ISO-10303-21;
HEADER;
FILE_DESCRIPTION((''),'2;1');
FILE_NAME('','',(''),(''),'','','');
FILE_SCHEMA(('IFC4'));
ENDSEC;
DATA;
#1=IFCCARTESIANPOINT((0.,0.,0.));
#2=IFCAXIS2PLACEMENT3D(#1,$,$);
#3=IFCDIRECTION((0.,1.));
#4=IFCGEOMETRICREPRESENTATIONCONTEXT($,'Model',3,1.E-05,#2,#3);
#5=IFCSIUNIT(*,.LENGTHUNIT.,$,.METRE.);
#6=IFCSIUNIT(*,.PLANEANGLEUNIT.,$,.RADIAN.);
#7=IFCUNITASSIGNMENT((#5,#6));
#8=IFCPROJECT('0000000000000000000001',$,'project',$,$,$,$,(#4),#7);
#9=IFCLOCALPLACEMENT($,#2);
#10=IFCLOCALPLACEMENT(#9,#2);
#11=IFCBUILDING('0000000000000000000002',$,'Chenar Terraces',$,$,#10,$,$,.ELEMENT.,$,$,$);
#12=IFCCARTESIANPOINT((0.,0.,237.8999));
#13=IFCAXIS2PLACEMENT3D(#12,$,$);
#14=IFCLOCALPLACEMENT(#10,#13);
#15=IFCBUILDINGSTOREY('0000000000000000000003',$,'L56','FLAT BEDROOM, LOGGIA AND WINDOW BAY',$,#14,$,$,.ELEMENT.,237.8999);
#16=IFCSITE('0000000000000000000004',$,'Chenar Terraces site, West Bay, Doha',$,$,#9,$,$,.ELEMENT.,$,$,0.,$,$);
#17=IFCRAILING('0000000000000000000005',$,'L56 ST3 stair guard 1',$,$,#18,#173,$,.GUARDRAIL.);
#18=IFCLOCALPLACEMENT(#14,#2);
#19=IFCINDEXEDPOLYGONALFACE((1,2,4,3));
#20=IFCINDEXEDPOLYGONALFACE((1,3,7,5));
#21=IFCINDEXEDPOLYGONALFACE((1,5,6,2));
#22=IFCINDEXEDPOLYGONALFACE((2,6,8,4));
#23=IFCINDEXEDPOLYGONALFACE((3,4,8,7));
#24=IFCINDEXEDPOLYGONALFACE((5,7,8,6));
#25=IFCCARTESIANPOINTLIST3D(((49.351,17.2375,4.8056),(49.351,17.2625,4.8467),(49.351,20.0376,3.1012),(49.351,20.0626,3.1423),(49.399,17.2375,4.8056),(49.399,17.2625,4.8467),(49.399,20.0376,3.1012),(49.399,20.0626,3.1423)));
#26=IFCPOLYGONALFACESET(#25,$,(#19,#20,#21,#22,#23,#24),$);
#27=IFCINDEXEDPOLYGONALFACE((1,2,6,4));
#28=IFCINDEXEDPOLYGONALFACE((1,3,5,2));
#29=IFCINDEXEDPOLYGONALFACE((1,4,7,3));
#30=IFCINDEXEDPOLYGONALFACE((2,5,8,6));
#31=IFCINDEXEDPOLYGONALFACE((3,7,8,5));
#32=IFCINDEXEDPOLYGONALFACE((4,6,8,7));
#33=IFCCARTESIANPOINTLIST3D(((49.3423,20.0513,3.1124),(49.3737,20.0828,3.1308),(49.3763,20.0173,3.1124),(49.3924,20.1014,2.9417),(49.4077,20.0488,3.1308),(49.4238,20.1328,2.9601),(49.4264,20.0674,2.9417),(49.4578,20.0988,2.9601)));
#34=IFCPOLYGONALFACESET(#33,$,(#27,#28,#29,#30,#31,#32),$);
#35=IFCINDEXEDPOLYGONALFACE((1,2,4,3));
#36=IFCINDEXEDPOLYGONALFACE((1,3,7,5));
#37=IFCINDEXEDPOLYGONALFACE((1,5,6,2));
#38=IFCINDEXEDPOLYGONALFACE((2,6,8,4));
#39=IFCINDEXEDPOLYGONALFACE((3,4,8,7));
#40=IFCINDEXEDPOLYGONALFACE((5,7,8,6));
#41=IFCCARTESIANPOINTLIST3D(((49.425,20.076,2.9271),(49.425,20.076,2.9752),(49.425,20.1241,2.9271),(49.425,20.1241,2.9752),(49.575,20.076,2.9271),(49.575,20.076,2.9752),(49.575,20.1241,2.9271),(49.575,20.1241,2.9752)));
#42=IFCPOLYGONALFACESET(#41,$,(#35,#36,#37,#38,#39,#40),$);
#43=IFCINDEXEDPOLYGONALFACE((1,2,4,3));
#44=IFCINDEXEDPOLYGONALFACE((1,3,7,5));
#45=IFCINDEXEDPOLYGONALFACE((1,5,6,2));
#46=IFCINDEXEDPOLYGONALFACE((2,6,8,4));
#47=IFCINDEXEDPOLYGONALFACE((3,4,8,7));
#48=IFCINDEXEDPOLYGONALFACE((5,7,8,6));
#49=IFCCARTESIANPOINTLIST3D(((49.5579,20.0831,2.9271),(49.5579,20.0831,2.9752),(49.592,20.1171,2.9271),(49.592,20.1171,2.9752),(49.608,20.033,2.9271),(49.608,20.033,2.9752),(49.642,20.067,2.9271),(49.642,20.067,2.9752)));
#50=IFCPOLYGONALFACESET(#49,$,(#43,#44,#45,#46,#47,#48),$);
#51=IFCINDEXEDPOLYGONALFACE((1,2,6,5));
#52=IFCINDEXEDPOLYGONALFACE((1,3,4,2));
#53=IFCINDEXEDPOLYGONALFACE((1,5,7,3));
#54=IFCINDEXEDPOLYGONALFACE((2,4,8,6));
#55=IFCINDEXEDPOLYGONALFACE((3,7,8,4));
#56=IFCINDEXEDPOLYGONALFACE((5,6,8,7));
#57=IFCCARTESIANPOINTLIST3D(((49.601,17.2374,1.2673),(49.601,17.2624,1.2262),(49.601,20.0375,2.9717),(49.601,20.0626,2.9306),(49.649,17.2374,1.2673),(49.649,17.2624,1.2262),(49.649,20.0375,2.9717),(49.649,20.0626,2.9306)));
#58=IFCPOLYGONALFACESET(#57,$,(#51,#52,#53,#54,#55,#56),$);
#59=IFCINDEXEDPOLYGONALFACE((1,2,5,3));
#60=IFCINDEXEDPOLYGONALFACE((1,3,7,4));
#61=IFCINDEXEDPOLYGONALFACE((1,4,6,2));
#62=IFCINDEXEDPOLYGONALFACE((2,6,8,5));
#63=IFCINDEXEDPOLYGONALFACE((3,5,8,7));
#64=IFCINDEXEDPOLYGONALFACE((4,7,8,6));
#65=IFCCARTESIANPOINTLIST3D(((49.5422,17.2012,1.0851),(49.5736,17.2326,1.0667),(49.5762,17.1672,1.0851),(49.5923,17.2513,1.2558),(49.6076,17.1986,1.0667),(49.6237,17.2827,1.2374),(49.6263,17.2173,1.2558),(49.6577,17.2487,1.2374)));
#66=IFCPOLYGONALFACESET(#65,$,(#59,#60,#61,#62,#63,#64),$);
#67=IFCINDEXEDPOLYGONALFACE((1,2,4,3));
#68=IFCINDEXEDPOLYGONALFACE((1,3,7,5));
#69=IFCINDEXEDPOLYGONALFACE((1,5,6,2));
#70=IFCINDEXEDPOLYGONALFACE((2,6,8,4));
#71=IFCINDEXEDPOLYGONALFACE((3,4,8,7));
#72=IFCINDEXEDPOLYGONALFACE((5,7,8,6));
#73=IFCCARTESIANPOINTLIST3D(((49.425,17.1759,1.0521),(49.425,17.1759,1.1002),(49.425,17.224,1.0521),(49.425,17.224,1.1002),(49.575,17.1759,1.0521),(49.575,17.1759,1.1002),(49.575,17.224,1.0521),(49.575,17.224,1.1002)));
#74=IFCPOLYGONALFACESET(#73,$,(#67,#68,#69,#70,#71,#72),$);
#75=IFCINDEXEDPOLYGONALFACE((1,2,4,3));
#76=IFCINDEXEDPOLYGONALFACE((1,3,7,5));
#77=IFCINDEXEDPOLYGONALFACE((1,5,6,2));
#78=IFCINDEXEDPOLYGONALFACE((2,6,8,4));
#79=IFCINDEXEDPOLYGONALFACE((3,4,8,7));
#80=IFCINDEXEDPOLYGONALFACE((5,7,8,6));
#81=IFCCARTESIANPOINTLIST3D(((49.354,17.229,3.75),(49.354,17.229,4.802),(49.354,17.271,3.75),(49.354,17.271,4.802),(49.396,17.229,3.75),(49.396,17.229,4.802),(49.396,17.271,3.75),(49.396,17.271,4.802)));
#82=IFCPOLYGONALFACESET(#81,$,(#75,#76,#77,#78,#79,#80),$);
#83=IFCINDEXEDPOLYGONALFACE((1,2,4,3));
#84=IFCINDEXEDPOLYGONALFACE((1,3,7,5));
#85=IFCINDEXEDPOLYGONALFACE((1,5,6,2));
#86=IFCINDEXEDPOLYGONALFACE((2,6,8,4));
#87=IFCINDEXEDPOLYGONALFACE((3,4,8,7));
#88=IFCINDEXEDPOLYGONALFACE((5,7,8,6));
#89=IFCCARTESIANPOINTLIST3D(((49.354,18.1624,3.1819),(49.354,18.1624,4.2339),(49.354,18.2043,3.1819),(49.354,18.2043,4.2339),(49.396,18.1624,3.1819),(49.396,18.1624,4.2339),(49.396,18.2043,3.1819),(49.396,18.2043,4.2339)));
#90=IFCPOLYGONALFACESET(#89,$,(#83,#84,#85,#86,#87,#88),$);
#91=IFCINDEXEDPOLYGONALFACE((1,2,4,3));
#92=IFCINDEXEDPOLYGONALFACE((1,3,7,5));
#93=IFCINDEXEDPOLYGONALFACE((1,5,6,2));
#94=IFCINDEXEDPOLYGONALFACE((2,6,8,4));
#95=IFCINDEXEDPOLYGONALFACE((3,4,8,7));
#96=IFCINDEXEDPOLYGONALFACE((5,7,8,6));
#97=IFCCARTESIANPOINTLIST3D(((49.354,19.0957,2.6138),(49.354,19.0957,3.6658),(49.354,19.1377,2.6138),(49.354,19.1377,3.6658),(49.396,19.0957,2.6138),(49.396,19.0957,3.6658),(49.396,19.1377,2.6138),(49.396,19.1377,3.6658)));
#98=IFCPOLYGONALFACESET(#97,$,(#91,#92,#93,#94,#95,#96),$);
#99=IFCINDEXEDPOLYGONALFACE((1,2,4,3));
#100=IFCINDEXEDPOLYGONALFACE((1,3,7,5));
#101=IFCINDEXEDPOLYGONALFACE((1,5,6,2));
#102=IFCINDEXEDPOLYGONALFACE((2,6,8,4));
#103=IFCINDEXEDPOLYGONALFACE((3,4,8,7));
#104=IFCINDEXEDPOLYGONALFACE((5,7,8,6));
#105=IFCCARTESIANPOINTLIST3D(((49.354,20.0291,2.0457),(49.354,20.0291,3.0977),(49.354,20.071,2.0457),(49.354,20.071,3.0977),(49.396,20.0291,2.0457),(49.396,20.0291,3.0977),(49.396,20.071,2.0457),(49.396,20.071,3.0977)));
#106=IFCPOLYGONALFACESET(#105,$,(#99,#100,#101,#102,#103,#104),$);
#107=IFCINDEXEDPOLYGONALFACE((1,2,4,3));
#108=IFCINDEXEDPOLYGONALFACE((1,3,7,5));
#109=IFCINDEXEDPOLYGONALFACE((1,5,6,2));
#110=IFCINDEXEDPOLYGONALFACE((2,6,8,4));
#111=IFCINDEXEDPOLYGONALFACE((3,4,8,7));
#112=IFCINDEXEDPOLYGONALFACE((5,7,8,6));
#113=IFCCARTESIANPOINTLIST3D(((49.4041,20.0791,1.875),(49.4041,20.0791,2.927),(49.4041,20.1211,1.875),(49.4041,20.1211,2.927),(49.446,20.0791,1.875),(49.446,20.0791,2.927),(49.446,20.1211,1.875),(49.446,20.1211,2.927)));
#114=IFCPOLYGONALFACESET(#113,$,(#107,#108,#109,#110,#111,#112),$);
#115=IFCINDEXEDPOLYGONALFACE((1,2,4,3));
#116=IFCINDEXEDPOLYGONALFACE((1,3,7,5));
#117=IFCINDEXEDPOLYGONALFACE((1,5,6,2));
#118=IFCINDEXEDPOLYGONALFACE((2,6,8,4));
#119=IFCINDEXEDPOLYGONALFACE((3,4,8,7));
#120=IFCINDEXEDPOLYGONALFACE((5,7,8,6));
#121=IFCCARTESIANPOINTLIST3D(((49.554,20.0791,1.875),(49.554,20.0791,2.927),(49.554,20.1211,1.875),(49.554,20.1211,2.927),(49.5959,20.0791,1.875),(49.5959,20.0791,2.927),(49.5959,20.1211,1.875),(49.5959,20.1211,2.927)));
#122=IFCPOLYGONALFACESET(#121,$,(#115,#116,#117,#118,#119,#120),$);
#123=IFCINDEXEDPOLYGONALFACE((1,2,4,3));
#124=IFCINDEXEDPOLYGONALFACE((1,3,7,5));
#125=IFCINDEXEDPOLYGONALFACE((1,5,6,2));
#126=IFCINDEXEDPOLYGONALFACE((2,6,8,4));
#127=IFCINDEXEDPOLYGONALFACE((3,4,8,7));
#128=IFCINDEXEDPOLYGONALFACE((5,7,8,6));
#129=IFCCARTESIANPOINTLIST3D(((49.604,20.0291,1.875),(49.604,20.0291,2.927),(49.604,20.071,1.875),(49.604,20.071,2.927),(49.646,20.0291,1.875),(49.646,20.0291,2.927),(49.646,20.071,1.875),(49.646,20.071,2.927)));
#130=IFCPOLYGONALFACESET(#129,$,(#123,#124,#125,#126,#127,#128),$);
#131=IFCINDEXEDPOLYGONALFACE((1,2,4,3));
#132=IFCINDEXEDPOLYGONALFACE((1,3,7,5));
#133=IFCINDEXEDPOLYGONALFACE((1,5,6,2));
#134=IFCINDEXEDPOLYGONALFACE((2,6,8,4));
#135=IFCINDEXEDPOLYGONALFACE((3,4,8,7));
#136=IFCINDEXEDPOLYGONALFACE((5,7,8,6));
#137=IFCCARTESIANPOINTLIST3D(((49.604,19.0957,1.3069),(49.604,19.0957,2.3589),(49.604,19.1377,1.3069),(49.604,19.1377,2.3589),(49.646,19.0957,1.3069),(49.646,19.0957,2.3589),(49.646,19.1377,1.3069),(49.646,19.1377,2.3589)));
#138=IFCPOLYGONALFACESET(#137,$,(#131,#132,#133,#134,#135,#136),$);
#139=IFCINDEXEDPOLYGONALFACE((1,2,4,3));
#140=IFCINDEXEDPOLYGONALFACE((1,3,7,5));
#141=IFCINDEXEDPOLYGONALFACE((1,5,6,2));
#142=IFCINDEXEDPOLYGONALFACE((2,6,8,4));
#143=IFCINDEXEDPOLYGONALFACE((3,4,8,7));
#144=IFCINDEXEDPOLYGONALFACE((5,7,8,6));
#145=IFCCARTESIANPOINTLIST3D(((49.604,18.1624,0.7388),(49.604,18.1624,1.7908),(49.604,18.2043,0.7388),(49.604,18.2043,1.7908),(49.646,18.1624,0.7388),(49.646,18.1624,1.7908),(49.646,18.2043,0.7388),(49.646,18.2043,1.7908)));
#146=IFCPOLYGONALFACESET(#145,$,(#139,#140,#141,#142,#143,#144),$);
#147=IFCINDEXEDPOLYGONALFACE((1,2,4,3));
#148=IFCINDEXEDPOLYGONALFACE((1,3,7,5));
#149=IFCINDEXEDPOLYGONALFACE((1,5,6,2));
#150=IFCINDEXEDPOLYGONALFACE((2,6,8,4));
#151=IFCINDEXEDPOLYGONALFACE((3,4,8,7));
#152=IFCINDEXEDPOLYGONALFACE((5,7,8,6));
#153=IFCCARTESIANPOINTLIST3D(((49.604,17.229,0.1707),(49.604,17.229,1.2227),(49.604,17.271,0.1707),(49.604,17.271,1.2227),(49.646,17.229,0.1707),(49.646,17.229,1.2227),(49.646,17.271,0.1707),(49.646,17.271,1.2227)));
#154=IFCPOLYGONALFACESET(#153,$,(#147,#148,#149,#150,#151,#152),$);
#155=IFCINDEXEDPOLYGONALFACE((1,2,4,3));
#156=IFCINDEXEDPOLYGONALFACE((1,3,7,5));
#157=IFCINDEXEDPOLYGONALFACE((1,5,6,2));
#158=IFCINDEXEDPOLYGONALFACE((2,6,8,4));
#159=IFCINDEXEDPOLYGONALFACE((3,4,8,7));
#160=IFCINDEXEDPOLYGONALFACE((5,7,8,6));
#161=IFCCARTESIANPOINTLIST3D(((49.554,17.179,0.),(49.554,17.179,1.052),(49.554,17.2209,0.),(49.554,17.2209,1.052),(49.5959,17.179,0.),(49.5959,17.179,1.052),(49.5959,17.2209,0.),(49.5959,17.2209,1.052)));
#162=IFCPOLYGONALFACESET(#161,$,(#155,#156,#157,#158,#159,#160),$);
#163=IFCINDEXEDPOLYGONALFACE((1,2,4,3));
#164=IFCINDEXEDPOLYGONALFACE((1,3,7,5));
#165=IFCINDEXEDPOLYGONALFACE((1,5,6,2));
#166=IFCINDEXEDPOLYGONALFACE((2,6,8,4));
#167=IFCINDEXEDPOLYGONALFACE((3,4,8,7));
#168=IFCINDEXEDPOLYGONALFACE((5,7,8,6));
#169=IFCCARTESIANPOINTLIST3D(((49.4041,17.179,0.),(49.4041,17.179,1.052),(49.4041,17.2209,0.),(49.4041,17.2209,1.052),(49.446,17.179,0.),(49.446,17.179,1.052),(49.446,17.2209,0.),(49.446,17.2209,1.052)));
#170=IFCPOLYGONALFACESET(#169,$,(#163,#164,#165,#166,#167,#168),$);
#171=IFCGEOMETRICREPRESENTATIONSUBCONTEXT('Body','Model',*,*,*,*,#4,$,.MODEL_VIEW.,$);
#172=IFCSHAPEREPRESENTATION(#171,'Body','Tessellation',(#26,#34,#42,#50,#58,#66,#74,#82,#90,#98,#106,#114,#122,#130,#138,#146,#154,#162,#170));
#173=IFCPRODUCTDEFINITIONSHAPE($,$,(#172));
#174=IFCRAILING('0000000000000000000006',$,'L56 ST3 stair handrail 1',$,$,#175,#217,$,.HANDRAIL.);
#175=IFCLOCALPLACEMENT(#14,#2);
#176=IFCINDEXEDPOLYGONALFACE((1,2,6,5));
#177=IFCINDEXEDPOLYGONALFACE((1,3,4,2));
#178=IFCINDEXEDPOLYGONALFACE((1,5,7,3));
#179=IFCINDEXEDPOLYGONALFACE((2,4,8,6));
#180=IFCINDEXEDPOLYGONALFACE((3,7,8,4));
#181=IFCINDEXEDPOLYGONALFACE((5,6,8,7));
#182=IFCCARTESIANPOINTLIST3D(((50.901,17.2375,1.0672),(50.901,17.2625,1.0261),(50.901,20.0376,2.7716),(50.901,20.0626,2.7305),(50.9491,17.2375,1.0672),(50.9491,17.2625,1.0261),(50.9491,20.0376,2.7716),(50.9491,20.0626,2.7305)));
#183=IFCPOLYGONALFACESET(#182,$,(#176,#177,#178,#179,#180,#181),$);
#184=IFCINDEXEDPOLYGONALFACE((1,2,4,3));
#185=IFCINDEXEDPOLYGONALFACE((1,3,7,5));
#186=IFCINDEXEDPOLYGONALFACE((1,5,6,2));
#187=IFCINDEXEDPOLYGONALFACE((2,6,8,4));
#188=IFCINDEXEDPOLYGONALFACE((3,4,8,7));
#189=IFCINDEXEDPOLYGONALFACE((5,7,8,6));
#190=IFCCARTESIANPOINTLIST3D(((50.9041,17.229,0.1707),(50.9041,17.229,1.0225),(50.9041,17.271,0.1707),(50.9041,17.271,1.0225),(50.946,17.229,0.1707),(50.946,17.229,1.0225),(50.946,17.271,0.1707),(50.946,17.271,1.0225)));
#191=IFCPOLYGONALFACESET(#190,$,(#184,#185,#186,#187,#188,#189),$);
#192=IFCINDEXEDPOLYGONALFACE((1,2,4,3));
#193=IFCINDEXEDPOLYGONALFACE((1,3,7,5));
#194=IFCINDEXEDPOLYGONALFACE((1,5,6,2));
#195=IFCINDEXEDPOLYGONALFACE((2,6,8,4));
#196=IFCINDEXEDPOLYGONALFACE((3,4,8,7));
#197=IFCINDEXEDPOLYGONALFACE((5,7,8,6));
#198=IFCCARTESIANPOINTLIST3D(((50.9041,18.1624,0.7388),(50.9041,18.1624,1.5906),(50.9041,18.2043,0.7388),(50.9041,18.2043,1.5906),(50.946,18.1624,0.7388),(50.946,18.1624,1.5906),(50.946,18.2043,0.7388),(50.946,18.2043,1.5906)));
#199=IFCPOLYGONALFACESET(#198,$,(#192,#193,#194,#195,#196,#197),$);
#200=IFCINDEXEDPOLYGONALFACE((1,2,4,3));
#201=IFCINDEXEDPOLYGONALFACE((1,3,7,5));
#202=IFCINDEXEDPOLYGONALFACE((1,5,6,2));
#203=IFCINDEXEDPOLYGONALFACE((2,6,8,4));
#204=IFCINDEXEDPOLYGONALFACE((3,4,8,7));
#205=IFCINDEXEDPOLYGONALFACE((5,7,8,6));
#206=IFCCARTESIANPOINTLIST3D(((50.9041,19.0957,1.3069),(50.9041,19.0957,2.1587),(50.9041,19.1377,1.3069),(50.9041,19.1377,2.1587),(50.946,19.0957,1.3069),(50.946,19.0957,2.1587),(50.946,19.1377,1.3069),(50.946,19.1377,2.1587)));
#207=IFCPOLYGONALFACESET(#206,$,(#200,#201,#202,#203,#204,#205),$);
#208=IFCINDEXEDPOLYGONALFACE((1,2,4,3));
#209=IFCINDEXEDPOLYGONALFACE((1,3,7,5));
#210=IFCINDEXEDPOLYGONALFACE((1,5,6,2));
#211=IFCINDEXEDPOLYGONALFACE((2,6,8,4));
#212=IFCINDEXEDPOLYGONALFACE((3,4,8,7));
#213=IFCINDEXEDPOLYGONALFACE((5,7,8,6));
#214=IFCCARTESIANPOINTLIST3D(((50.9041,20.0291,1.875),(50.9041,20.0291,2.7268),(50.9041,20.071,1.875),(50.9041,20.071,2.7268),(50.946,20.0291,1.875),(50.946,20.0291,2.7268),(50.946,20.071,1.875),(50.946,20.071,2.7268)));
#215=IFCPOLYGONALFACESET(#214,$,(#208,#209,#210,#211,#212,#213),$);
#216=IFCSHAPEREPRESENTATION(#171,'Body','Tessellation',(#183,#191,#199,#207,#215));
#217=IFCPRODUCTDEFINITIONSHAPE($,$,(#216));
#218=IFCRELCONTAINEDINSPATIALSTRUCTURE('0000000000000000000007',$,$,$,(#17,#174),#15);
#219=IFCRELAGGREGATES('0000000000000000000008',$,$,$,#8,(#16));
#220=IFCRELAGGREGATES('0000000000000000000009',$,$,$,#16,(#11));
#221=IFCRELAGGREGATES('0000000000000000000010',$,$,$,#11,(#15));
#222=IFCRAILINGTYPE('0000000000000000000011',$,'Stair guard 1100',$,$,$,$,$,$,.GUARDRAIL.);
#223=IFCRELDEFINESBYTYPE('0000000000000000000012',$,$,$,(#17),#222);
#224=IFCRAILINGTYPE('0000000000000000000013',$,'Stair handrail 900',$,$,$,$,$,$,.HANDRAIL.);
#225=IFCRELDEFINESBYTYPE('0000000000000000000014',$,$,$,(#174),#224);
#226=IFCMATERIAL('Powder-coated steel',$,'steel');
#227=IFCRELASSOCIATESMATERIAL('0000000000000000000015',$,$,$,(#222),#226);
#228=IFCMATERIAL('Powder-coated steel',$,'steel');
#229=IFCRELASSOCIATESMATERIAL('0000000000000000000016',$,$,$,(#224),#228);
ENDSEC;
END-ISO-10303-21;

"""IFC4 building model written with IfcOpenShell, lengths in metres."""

from ifc_helpers import new_model, si_unit, direction, frame, origin, origin_2d, place, context, subcontext, project, spatial, rectangle, extrude, material, type_object, element, save


model = new_model("IFC4")

# Units and contexts
model_context = context("Model", 3, precision=1e-05, world=origin(), true_north=direction((0.0, 1.0)))
body_context = subcontext(model_context, "Body", "Model", "MODEL_VIEW")
ifc_project = project(units=[si_unit("LENGTHUNIT", "METRE"), si_unit("PLANEANGLEUNIT", "RADIAN")], contexts=[model_context])

# Site, building, storey
site_placement = place(None, origin())
site = spatial("IfcSite", under=ifc_project, at=site_placement, Name="Chenar Terraces site, West Bay, Doha", CompositionType="ELEMENT", RefElevation=0.0)
building_placement = place(site_placement, origin())
building = spatial("IfcBuilding", under=site, at=building_placement, Name="Chenar Terraces", CompositionType="ELEMENT")
storey_placement = place(building_placement, frame((0.0, 0.0, 237.8999)))
storey = spatial("IfcBuildingStorey", under=building, at=storey_placement, Name="L56", Description="FLAT BEDROOM, LOGGIA AND WINDOW BAY", CompositionType="ELEMENT", Elevation=237.8999)

# Railings
ifc_material_1 = material(Name="Powder-coated steel", Category="steel")
railing_type_1 = type_object("IfcRailingType", Name="Stair guard 1100", PredefinedType="GUARDRAIL", material=ifc_material_1)
railing_1_placement = place(storey_placement, frame((49.375, 17.25, 3.75)))
element("IfcRailing", 1, at=railing_1_placement, inside=storey, type_object=railing_type_1, Name="L56 ST3 stair guard 1", PredefinedType="GUARDRAIL", context=body_context, shape_type="SweptSolid", body=[
    extrude(rectangle(XDim=0.0481, YDim=0.0481, at=origin_2d()), frame((0.0, 0.0, 1.0762), z_axis=(0.0, 0.854203, -0.51994), x_axis=(-1.0, 0.0, 0.0)), (0.0, 0.0, 1.0), 3.2781),
    extrude(rectangle(XDim=0.0481, YDim=0.0481, at=origin_2d()), frame((0.0, 2.8, -0.6284), z_axis=(0.2709, 0.2709, -0.923703), x_axis=(-0.707107, 0.707107, 0.0)), (0.0, 0.0, 1.0), 0.1848),
    extrude(rectangle(XDim=0.0481, YDim=0.0481, at=origin_2d()), frame((0.05, 2.8501, -0.7988), z_axis=(1.0, 0.0, 0.0), x_axis=(0.0, 1.0, 0.0)), (0.0, 0.0, 1.0), 0.1499),
    extrude(rectangle(XDim=0.0481, YDim=0.0481, at=origin_2d()), frame((0.2, 2.8501, -0.7988), z_axis=(0.707107, -0.707107, 0.0), x_axis=(0.707107, 0.707107, 0.0)), (0.0, 0.0, 1.0), 0.0708),
    extrude(rectangle(XDim=0.0481, YDim=0.0481, at=origin_2d()), frame((0.25, 2.8, -0.7988), z_axis=(0.0, -0.854203, -0.51994), x_axis=(1.0, 0.0, 0.0)), (0.0, 0.0, 1.0), 3.2781),
    extrude(rectangle(XDim=0.0481, YDim=0.0481, at=origin_2d()), frame((0.25, 0.0, -2.5034), z_axis=(-0.2709, -0.2709, -0.923703), x_axis=(0.707107, -0.707107, 0.0)), (0.0, 0.0, 1.0), 0.1848),
    extrude(rectangle(XDim=0.0481, YDim=0.0481, at=origin_2d()), frame((0.2, -0.05, -2.6738), z_axis=(-1.0, 0.0, 0.0), x_axis=(0.0, -1.0, 0.0)), (0.0, 0.0, 1.0), 0.1499),
    extrude(rectangle(XDim=0.042, YDim=0.042, at=origin_2d()), origin(), (0.0, 0.0, 1.0), 1.052),
    extrude(rectangle(XDim=0.042, YDim=0.042, at=origin_2d()), frame((0.0, 0.9333, -0.5681)), (0.0, 0.0, 1.0), 1.052),
    extrude(rectangle(XDim=0.042, YDim=0.042, at=origin_2d()), frame((0.0, 1.8667, -1.1362)), (0.0, 0.0, 1.0), 1.052),
    extrude(rectangle(XDim=0.042, YDim=0.042, at=origin_2d()), frame((0.0, 2.8, -1.7043)), (0.0, 0.0, 1.0), 1.052),
    extrude(rectangle(XDim=0.042, YDim=0.042, at=origin_2d()), frame((0.05, 2.8501, -1.875)), (0.0, 0.0, 1.0), 1.052),
    extrude(rectangle(XDim=0.042, YDim=0.042, at=origin_2d()), frame((0.2, 2.8501, -1.875)), (0.0, 0.0, 1.0), 1.052),
    extrude(rectangle(XDim=0.042, YDim=0.042, at=origin_2d()), frame((0.25, 2.8, -1.875)), (0.0, 0.0, 1.0), 1.052),
    extrude(rectangle(XDim=0.042, YDim=0.042, at=origin_2d()), frame((0.25, 1.8667, -2.4431)), (0.0, 0.0, 1.0), 1.052),
    extrude(rectangle(XDim=0.042, YDim=0.042, at=origin_2d()), frame((0.25, 0.9333, -3.0112)), (0.0, 0.0, 1.0), 1.052),
    extrude(rectangle(XDim=0.042, YDim=0.042, at=origin_2d()), frame((0.25, 0.0, -3.5793)), (0.0, 0.0, 1.0), 1.052),
    extrude(rectangle(XDim=0.042, YDim=0.042, at=origin_2d()), frame((0.2, -0.05, -3.75)), (0.0, 0.0, 1.0), 1.052),
    extrude(rectangle(XDim=0.042, YDim=0.042, at=origin_2d()), frame((0.05, -0.05, -3.75)), (0.0, 0.0, 1.0), 1.052),
])
ifc_material_2 = material(Name="Powder-coated steel", Category="steel")
railing_type_2 = type_object("IfcRailingType", Name="Stair handrail 900", PredefinedType="HANDRAIL", material=ifc_material_2)
railing_2_placement = place(storey_placement, frame((50.925, 17.25, 0.1707)))
element("IfcRailing", 2, at=railing_2_placement, inside=storey, type_object=railing_type_2, Name="L56 ST3 stair handrail 1", PredefinedType="HANDRAIL", context=body_context, shape_type="SweptSolid", body=[
    extrude(rectangle(XDim=0.0481, YDim=0.0481, at=origin_2d()), frame((0.0, 0.0, 0.876), z_axis=(0.0, 0.854203, 0.51994), x_axis=(-1.0, 0.0, 0.0)), (0.0, 0.0, 1.0), 3.2781),
    extrude(rectangle(XDim=0.042, YDim=0.042, at=origin_2d()), origin(), (0.0, 0.0, 1.0), 0.8518),
    extrude(rectangle(XDim=0.042, YDim=0.042, at=origin_2d()), frame((0.0, 0.9333, 0.5681)), (0.0, 0.0, 1.0), 0.8518),
    extrude(rectangle(XDim=0.042, YDim=0.042, at=origin_2d()), frame((0.0, 1.8667, 1.1362)), (0.0, 0.0, 1.0), 0.8518),
    extrude(rectangle(XDim=0.042, YDim=0.042, at=origin_2d()), frame((0.0, 2.8, 1.7043)), (0.0, 0.0, 1.0), 0.8518),
])

save(model, "model.ifc")
